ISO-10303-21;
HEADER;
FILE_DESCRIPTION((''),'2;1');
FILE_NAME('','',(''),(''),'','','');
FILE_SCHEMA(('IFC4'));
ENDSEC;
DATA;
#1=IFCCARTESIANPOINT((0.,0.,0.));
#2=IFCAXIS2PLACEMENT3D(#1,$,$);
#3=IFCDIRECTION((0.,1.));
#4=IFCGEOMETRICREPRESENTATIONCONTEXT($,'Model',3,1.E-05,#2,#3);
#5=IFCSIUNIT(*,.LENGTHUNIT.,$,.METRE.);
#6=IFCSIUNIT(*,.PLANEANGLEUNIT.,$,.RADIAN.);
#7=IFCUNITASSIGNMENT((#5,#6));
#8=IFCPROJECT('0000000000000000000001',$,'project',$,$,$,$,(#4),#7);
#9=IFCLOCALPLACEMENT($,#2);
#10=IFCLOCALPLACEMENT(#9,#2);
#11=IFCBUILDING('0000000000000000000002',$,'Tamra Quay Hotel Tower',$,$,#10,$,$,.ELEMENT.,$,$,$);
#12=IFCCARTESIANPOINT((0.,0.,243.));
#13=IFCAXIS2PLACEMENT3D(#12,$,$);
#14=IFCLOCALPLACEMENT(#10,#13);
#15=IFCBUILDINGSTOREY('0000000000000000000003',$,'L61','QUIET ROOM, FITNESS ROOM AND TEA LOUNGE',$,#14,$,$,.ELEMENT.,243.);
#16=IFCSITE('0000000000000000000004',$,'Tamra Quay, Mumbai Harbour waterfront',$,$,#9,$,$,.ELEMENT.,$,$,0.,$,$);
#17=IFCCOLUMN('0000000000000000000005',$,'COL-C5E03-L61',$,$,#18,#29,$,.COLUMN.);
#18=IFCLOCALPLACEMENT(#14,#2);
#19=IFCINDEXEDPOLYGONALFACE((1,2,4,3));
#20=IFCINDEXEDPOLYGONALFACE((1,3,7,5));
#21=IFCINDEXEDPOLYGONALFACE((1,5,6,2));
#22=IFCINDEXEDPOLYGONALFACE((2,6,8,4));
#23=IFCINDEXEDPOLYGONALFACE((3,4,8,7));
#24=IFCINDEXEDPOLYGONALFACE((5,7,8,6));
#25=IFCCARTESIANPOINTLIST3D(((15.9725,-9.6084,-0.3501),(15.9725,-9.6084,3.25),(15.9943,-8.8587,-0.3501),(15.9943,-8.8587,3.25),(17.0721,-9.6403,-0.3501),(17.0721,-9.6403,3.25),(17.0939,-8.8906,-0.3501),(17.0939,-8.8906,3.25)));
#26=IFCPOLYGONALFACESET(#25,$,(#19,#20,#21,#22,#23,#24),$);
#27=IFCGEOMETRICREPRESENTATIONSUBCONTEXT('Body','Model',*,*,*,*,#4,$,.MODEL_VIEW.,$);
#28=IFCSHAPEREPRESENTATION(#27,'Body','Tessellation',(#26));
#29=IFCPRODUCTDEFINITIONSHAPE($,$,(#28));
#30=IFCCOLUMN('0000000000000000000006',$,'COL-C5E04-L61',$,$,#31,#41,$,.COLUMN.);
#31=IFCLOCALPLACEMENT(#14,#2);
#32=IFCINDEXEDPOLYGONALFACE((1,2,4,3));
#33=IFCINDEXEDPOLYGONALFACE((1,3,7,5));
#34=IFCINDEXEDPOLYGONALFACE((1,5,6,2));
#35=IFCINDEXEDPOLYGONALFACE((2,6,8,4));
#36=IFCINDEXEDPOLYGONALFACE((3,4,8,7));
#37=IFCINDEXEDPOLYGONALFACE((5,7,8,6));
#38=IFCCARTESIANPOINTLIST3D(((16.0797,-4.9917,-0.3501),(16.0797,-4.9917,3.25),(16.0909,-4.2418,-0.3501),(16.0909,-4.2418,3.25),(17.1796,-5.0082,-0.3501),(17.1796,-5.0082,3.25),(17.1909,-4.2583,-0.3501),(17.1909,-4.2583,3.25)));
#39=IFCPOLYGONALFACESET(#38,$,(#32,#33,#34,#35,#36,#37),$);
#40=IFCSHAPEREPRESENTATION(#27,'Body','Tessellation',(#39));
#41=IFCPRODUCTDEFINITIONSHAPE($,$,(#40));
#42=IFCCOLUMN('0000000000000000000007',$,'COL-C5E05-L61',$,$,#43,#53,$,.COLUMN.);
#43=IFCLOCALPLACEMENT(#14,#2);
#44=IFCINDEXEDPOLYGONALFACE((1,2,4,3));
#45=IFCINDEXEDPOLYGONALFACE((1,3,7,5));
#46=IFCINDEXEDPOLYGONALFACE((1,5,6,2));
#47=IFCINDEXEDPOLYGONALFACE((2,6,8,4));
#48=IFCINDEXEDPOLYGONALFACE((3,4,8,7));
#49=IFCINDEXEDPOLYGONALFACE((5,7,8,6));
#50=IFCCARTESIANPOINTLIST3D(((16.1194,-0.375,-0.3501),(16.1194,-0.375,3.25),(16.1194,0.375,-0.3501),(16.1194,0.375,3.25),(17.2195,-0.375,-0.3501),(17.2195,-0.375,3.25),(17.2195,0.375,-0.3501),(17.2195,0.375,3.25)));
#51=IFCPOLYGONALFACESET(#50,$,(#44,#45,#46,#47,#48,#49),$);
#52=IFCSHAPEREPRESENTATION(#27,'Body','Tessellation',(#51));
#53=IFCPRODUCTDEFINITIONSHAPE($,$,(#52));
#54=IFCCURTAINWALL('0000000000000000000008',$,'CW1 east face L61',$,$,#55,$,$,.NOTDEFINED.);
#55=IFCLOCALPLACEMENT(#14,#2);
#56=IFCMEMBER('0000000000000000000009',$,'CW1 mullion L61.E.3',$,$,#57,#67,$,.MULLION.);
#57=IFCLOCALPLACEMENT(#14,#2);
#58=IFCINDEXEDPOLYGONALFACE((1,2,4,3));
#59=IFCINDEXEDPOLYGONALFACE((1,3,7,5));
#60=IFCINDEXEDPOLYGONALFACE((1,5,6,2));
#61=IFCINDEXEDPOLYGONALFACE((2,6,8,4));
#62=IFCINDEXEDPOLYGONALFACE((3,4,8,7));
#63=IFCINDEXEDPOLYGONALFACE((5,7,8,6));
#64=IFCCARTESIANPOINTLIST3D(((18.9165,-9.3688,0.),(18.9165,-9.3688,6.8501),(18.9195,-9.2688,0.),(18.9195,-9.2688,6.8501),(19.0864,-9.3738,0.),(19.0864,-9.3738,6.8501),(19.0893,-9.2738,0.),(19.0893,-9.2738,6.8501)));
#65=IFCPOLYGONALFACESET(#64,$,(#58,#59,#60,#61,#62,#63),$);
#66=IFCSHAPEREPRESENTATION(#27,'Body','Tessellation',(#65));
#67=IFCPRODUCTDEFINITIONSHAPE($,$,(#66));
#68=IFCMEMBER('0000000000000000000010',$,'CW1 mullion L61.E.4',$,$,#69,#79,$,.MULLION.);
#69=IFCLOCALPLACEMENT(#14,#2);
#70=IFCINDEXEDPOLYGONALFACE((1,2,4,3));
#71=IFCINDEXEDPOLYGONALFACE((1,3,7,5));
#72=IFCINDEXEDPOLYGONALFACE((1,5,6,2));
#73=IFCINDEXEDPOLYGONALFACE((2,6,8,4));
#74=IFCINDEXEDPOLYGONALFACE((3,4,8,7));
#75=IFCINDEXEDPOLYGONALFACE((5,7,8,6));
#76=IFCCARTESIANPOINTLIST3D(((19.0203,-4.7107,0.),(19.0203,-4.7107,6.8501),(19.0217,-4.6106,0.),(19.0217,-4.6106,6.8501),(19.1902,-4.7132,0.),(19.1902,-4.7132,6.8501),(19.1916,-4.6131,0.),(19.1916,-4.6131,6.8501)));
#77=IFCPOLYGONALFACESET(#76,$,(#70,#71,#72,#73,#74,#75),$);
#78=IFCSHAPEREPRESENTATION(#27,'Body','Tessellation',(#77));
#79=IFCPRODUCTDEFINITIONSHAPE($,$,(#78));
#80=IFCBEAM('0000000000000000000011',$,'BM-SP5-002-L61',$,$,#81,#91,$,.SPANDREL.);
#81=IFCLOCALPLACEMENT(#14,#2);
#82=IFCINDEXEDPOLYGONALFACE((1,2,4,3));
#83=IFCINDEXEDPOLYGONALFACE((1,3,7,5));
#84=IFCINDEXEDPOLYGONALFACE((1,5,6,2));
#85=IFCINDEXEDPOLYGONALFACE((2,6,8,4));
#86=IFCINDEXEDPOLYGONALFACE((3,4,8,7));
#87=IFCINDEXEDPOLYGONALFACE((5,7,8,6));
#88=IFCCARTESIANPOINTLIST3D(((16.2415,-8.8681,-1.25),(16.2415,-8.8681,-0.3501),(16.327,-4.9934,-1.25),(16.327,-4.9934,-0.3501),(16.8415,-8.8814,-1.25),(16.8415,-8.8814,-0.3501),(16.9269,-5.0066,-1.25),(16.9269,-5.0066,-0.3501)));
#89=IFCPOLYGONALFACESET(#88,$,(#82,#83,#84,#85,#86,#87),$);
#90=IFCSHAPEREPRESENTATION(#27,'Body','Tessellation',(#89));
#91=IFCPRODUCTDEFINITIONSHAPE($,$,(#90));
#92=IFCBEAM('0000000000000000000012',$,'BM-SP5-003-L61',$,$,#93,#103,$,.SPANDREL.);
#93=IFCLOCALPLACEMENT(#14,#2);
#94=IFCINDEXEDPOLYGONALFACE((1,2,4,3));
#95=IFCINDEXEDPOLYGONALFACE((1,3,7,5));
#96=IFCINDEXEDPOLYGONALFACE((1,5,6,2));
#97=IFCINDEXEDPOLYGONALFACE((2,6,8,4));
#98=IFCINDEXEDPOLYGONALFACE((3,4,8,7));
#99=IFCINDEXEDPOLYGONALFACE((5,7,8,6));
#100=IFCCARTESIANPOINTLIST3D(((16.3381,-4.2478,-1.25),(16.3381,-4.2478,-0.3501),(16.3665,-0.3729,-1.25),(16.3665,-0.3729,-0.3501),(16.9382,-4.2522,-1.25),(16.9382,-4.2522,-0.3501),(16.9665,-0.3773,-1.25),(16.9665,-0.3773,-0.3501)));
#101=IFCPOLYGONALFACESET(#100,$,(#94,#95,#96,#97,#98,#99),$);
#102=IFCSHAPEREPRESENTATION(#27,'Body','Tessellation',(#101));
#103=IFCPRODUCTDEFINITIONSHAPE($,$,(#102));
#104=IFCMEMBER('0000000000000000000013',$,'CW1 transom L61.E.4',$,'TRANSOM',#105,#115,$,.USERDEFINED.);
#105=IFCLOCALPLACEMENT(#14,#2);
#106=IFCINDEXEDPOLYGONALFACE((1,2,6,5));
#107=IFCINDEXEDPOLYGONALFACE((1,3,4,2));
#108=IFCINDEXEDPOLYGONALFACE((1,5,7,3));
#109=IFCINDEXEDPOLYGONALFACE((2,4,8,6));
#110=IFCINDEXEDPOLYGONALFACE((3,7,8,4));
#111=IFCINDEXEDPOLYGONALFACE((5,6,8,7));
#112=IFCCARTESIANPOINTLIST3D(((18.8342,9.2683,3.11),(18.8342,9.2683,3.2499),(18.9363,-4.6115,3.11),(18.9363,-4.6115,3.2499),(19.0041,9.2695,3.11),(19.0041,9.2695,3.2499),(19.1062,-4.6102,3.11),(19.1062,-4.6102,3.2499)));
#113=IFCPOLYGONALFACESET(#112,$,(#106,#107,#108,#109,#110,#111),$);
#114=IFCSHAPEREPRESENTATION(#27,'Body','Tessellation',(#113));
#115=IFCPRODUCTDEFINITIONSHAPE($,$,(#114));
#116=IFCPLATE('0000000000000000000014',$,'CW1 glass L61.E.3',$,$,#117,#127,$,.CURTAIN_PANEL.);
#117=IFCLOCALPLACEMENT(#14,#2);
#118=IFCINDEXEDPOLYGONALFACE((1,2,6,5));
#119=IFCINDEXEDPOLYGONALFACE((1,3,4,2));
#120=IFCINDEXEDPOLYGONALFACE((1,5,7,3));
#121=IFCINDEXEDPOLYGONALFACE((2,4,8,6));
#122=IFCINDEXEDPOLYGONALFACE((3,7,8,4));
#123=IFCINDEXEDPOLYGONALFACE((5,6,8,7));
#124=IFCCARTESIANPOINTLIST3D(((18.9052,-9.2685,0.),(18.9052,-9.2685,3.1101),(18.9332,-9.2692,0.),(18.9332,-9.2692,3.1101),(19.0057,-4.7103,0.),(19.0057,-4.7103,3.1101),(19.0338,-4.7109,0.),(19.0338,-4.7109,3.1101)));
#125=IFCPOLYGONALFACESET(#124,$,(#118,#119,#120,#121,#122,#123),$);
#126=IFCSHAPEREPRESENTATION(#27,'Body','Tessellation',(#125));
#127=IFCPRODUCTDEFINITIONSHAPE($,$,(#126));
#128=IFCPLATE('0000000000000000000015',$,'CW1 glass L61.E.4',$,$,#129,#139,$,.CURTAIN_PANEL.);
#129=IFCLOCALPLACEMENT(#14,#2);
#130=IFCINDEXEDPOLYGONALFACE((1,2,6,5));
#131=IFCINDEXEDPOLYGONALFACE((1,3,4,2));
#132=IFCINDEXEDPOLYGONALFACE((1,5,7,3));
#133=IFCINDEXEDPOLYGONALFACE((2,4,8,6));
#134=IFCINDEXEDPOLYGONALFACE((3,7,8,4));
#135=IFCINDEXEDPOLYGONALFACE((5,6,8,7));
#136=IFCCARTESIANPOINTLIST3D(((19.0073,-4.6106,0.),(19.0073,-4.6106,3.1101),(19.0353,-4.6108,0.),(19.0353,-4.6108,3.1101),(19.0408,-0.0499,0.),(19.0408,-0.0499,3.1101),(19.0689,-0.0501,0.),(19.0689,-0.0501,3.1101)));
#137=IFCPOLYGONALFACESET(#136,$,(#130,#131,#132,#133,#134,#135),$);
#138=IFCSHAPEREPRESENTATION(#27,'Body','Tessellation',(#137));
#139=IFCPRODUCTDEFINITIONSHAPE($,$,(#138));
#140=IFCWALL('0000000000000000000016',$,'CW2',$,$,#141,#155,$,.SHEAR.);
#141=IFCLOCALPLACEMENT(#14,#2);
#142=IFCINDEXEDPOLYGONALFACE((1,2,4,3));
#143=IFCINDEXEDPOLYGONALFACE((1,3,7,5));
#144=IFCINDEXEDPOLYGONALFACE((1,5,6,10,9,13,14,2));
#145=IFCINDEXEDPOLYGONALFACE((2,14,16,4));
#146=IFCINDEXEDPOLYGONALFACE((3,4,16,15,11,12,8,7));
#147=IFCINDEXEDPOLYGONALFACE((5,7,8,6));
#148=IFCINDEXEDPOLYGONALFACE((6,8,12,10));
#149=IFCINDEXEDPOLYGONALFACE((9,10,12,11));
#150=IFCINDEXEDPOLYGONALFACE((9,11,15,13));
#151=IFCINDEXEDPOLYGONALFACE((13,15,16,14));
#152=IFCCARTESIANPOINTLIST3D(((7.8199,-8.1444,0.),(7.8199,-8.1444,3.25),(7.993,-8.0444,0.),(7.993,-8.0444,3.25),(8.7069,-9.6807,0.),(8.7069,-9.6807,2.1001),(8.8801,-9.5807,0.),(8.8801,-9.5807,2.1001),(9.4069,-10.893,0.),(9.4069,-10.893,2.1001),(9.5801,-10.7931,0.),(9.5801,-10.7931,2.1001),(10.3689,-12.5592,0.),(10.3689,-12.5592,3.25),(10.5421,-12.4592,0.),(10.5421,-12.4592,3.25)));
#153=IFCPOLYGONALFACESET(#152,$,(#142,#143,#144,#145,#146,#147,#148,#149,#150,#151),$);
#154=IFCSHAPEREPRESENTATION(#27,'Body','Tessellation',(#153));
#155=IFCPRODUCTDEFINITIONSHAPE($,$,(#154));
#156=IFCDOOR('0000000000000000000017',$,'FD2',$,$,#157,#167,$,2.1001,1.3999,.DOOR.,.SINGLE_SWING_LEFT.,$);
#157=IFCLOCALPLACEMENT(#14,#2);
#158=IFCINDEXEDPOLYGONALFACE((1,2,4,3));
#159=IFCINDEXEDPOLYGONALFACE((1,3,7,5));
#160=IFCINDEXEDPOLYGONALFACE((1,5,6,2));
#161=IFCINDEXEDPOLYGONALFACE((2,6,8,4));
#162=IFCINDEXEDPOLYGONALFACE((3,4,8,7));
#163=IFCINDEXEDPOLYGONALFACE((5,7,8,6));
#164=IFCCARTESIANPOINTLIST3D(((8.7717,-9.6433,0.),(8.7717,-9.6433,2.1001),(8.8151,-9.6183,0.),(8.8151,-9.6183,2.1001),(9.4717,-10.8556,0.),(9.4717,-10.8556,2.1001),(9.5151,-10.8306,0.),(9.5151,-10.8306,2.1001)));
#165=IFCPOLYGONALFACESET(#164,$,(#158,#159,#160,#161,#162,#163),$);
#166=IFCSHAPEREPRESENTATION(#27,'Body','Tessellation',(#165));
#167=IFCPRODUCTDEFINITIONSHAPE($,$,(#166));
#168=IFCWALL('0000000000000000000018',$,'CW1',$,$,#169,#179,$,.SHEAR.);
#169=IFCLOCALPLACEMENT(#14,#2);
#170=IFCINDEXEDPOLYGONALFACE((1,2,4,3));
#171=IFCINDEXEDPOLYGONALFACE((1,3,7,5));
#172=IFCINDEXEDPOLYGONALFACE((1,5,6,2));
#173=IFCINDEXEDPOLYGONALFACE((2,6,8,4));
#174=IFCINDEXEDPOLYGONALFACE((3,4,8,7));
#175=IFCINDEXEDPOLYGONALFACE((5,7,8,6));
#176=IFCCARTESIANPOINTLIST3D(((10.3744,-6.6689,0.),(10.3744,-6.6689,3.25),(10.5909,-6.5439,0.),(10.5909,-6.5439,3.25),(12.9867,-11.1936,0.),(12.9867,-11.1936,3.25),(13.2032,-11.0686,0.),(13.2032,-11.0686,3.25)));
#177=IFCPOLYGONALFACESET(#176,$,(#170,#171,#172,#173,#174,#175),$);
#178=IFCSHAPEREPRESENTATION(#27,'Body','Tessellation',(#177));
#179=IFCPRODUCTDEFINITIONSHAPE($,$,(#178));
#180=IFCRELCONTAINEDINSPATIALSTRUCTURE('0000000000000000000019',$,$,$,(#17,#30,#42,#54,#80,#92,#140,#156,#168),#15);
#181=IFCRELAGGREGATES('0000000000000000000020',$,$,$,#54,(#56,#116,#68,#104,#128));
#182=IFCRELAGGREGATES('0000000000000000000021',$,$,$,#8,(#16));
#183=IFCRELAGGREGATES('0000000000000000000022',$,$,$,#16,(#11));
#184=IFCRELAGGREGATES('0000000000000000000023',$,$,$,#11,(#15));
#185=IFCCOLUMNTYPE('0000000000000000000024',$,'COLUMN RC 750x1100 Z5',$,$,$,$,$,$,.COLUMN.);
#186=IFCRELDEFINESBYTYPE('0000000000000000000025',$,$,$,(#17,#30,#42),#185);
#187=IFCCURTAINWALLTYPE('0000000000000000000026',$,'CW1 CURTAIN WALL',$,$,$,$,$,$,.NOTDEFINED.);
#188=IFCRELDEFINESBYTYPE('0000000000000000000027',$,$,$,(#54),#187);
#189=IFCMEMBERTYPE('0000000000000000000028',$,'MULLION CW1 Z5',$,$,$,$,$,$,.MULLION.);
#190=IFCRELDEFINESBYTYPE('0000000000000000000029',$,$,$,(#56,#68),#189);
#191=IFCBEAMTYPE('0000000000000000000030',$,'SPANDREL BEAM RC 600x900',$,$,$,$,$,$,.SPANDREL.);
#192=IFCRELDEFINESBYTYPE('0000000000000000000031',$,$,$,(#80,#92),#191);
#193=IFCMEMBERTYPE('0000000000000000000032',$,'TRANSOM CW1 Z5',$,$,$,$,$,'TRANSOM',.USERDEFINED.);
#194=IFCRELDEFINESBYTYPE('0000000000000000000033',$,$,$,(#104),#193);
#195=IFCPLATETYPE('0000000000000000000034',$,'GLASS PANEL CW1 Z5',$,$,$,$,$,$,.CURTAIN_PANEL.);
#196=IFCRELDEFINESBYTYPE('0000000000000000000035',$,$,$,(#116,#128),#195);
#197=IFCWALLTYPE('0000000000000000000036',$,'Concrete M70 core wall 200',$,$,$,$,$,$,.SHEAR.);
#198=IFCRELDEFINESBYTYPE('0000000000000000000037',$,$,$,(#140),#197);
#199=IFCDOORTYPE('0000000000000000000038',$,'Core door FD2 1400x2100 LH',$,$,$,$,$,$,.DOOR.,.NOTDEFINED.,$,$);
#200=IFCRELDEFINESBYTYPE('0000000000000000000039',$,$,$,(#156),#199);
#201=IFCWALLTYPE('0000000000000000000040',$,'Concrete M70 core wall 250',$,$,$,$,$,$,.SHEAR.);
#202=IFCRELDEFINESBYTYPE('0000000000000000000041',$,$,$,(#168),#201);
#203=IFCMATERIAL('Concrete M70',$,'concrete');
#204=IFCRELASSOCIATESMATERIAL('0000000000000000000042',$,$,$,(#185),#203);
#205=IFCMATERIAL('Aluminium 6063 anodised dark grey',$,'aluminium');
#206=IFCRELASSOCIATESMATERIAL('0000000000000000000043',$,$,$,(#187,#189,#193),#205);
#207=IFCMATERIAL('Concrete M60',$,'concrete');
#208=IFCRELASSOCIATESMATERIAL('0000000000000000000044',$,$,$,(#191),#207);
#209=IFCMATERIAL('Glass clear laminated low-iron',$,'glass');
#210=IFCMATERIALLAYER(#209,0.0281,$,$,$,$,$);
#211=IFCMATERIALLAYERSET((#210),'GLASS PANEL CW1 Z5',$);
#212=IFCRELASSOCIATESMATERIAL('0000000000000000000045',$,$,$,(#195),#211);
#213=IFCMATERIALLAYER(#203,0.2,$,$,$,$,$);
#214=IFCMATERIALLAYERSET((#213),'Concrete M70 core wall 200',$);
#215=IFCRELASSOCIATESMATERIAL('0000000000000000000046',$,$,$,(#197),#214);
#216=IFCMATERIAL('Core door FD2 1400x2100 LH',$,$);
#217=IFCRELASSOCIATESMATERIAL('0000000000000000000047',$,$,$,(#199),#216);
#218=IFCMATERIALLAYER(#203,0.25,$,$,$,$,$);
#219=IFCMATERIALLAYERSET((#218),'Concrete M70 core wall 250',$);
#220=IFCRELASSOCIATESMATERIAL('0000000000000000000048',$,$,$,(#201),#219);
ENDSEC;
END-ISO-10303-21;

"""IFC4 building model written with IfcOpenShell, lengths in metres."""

from ifc_helpers import new_model, si_unit, direction, frame, frame_2d, origin, origin_2d, place, context, subcontext, project, spatial, rectangle, extrude, material, layer, layer_set, material_profile, profile_set, type_object, element, fill, aggregate, save


model = new_model("IFC4")

# Units and contexts
model_context = context("Model", 3, precision=1e-05, world=origin(), true_north=direction((0.0, 1.0)))
body_context = subcontext(model_context, "Body", "Model", "MODEL_VIEW")
ifc_project = project(units=[si_unit("LENGTHUNIT", "METRE"), si_unit("PLANEANGLEUNIT", "RADIAN")], contexts=[model_context])

# Site, building, storey
site_placement = place(None, origin())
site = spatial("IfcSite", under=ifc_project, at=site_placement, Name="Tamra Quay, Mumbai Harbour waterfront", CompositionType="ELEMENT", RefElevation=0.0)
building_placement = place(site_placement, origin())
building = spatial("IfcBuilding", under=site, at=building_placement, Name="Tamra Quay Hotel Tower", CompositionType="ELEMENT")
storey_placement = place(building_placement, frame((0.0, 0.0, 243.0)))
storey = spatial("IfcBuildingStorey", under=building, at=storey_placement, Name="L61", Description="QUIET ROOM, FITNESS ROOM AND TEA LOUNGE", CompositionType="ELEMENT", Elevation=243.0)

# Columns
ifc_material_1 = material(Name="Concrete M70", Category="concrete")
ifc_material_profile_1 = material_profile(ifc_material_1, rectangle(XDim=1.1001, YDim=0.75, at=origin_2d()), Name="COLUMN RC 750x1100 Z5")
ifc_profile_set_1 = profile_set([ifc_material_profile_1], Name="Concrete M70")
column_type = type_object("IfcColumnType", Name="COLUMN RC 750x1100 Z5", PredefinedType="COLUMN", material=ifc_profile_set_1)
for number, where, z_axis, x_axis, name in (
    (1, (16.5332, -9.2495, -0.3501), (0.0, 0.0, 1.0), (-0.999579, 0.029028, 0.0), "COL-C5E03-L61"),
    (2, (16.6353, -4.625, -0.3501), (0.0, 0.0, 1.0), (-0.999888, 0.014959, 0.0), "COL-C5E04-L61"),
    (3, (16.6694, 0.0, -0.3501), (0.0, 0.0, 1.0), (1.0, 0.0, 0.0), "COL-C5E05-L61"),
):
    element("IfcColumn", number, at=place(storey_placement, frame(where, z_axis=z_axis, x_axis=x_axis)), inside=storey, type_object=column_type, Name=name, PredefinedType="COLUMN", context=body_context, shape_type="SweptSolid", body=[
        extrude(rectangle(XDim=1.1001, YDim=0.75, at=origin_2d()), origin(), (0.0, 0.0, 1.0), 3.6001),
    ])

# Curtain wall, members
ifc_material_2 = material(Name="Aluminium 6063 anodised dark grey", Category="aluminium")
curtain_wall_type = type_object("IfcCurtainWallType", Name="CW1 CURTAIN WALL", PredefinedType="NOTDEFINED", material=ifc_material_2)
curtain_wall_placement = place(storey_placement, origin())
curtain_wall = element("IfcCurtainWall", 4, at=curtain_wall_placement, inside=storey, type_object=curtain_wall_type, Name="CW1 east face L61", PredefinedType="NOTDEFINED")
ifc_material_profile_2 = material_profile(ifc_material_2, rectangle(XDim=0.1699, YDim=0.1001, at=origin_2d()), Name="MULLION 100X170")
ifc_profile_set_2 = profile_set([ifc_material_profile_2], Name="Aluminium 6063 anodised dark grey")
member_type_1 = type_object("IfcMemberType", Name="MULLION CW1 Z5", PredefinedType="MULLION", material=ifc_profile_set_2)
member_1_placement = place(storey_placement, frame((19.0029, -9.3213, 0.0), z_axis=(0.0, 0.0, 1.0), x_axis=(0.999568, -0.029404, 0.0)))
member_1 = element("IfcMember", 5, at=member_1_placement, type_object=member_type_1, Name="CW1 mullion L61.E.3", PredefinedType="MULLION", context=body_context, shape_type="SweptSolid", body=[
    extrude(rectangle(XDim=0.1699, YDim=0.1001, at=origin_2d()), origin(), (0.0, 0.0, 1.0), 6.8501),
])
member_2_placement = place(storey_placement, frame((19.106, -4.6619, 0.0), z_axis=(0.0, 0.0, 1.0), x_axis=(0.999892, -0.014713, 0.0)))
member_2 = element("IfcMember", 6, at=member_2_placement, type_object=member_type_1, Name="CW1 mullion L61.E.4", PredefinedType="MULLION", context=body_context, shape_type="SweptSolid", body=[
    extrude(rectangle(XDim=0.1699, YDim=0.1001, at=origin_2d()), origin(), (0.0, 0.0, 1.0), 6.8501),
])

# Beams
ifc_material_3 = material(Name="Concrete M60", Category="concrete")
ifc_material_profile_3 = material_profile(ifc_material_3, rectangle(XDim=0.6001, YDim=0.8999, at=origin_2d()), Name="SPANDREL BEAM RC 600x900")
ifc_profile_set_3 = profile_set([ifc_material_profile_3], Name="Concrete M60")
beam_type = type_object("IfcBeamType", Name="SPANDREL BEAM RC 600x900", PredefinedType="SPANDREL", material=ifc_profile_set_3)
beam_1_placement = place(storey_placement, frame((16.5415, -8.8748, -0.8), z_axis=(0.022047, 0.999757, 0.0), x_axis=(-0.999757, 0.022047, 0.0)))
element("IfcBeam", 7, at=beam_1_placement, inside=storey, type_object=beam_type, Name="BM-SP5-002-L61", PredefinedType="SPANDREL", context=body_context, shape_type="SweptSolid", body=[
    extrude(rectangle(XDim=0.6001, YDim=0.8999, at=origin_2d()), origin(), (0.0, 0.0, 1.0), 3.8757),
])
beam_2_placement = place(storey_placement, frame((16.6382, -4.25, -0.8), z_axis=(0.007308, 0.999973, 0.0), x_axis=(-0.999973, 0.007308, 0.0)))
element("IfcBeam", 8, at=beam_2_placement, inside=storey, type_object=beam_type, Name="BM-SP5-003-L61", PredefinedType="SPANDREL", context=body_context, shape_type="SweptSolid", body=[
    extrude(rectangle(XDim=0.6001, YDim=0.8999, at=origin_2d()), origin(), (0.0, 0.0, 1.0), 3.875),
])

# Member
ifc_material_profile_4 = material_profile(ifc_material_2, rectangle(XDim=0.1699, YDim=0.1399, at=origin_2d()), Name="TRANSOM 170X140")
ifc_profile_set_4 = profile_set([ifc_material_profile_4], Name="Aluminium 6063 anodised dark grey")
member_type_2 = type_object("IfcMemberType", Name="TRANSOM CW1 Z5", ElementType="TRANSOM", PredefinedType="USERDEFINED", material=ifc_profile_set_4)
member_3_placement = place(storey_placement, frame((19.0212, -4.6108, 3.1799), z_axis=(-0.007352, 0.999973, 0.0), x_axis=(-0.999973, -0.007352, 0.0)))
member_3 = element("IfcMember", 9, at=member_3_placement, type_object=member_type_2, Name="CW1 transom L61.E.4", ObjectType="TRANSOM", PredefinedType="USERDEFINED", context=body_context, shape_type="SweptSolid", body=[
    extrude(rectangle(XDim=0.1699, YDim=0.1399, at=origin_2d()), origin(), (0.0, 0.0, 1.0), 13.8801),
])

# Plates
ifc_material_4 = material(Name="Glass clear laminated low-iron", Category="glass")
ifc_layer_1 = layer(ifc_material_4, 0.0281)
ifc_layer_set_1 = layer_set([ifc_layer_1], Name="GLASS PANEL CW1 Z5")
plate_type = type_object("IfcPlateType", Name="GLASS PANEL CW1 Z5", PredefinedType="CURTAIN_PANEL", material=ifc_layer_set_1)
plate_1_placement = place(storey_placement, frame((18.9695, -6.9897, 0.0), z_axis=(0.0, 0.0, 1.0), x_axis=(0.022063, 0.999757, 0.0)))
plate_1 = element("IfcPlate", 10, at=plate_1_placement, type_object=plate_type, Name="CW1 glass L61.E.3", PredefinedType="CURTAIN_PANEL", context=body_context, shape_type="SweptSolid", body=[
    extrude(rectangle(XDim=4.5593, YDim=0.0281, at=origin_2d()), origin(), (0.0, 0.0, 1.0), 3.1101),
])
plate_2_placement = place(storey_placement, frame((19.0381, -2.3303, 0.0), z_axis=(0.0, 0.0, 1.0), x_axis=(0.007362, 0.999973, 0.0)))
plate_2 = element("IfcPlate", 11, at=plate_2_placement, type_object=plate_type, Name="CW1 glass L61.E.4", PredefinedType="CURTAIN_PANEL", context=body_context, shape_type="SweptSolid", body=[
    extrude(rectangle(XDim=4.5608, YDim=0.0281, at=origin_2d()), origin(), (0.0, 0.0, 1.0), 3.1101),
])
aggregate(curtain_wall, [member_1, plate_1, member_2, member_3, plate_2])

# Wall, opening, door
ifc_layer_2 = layer(ifc_material_1, 0.2)
ifc_layer_set_2 = layer_set([ifc_layer_2], Name="Concrete M70 core wall 200")
wall_type_1 = type_object("IfcWallType", Name="Concrete M70 core wall 200", PredefinedType="SHEAR", material=ifc_layer_set_2)
wall_1_placement = place(storey_placement, frame((7.9065, -8.0945, 0.0), z_axis=(0.0, 0.0, 1.0), x_axis=(0.500028, -0.866009, 0.0)))
wall_1 = element("IfcWall", 12, at=wall_1_placement, inside=storey, type_object=wall_type_1, Name="CW2", PredefinedType="SHEAR", context=body_context, shape_type="SweptSolid", body=[
    extrude(rectangle(XDim=5.0979, YDim=0.2, at=frame_2d((2.5488, 0.0))), origin(), (0.0, 0.0, 1.0), 3.25),
])
opening_1_placement = place(wall_1_placement, frame((1.7739, 0.0, 0.0)))
opening_1 = element("IfcOpeningElement", 13, at=opening_1_placement, cuts=wall_1, PredefinedType="OPENING", context=body_context, shape_type="SweptSolid", body=[
    extrude(rectangle(XDim=1.3999, YDim=2.1001, at=frame_2d((0.7, 1.05))), frame((0.0, 0.1099, 0.0), z_axis=(0.0, -1.0, 0.0), x_axis=(1.0, 0.0, 0.0)), (0.0, 0.0, 1.0), 0.22),
])
ifc_material_5 = material(Name="Core door FD2 1400x2100 LH")
door_type_1 = type_object("IfcDoorType", Name="Core door FD2 1400x2100 LH", OperationType="NOTDEFINED", PredefinedType="DOOR", material=ifc_material_5)
door_1_placement = place(opening_1_placement, origin())
door_1 = element("IfcDoor", 14, at=door_1_placement, inside=storey, type_object=door_type_1, Name="FD2", OperationType="SINGLE_SWING_LEFT", OverallHeight=2.1001, OverallWidth=1.3999, PredefinedType="DOOR", context=body_context, shape_type="SweptSolid", body=[
    extrude(rectangle(XDim=1.3999, YDim=2.1001, at=frame_2d((0.7, 1.05))), frame((0.0, 0.0249, 0.0), z_axis=(0.0, -1.0, 0.0), x_axis=(1.0, 0.0, 0.0)), (0.0, 0.0, 1.0), 0.05),
])
fill(opening_1, door_1)

# Wall
ifc_layer_3 = layer(ifc_material_1, 0.25)
ifc_layer_set_3 = layer_set([ifc_layer_3], Name="Concrete M70 core wall 250")
wall_type_2 = type_object("IfcWallType", Name="Concrete M70 core wall 250", PredefinedType="SHEAR", material=ifc_layer_set_3)
wall_2_placement = place(storey_placement, frame((10.4827, -6.6064, 0.0), z_axis=(0.0, 0.0, 1.0), x_axis=(0.499999, -0.866026, 0.0)))
element("IfcWall", 15, at=wall_2_placement, inside=storey, type_object=wall_type_2, Name="CW1", PredefinedType="SHEAR", context=body_context, shape_type="SweptSolid", body=[
    extrude(rectangle(XDim=5.2246, YDim=0.25, at=frame_2d((2.6123, 0.0))), origin(), (0.0, 0.0, 1.0), 3.25),
])

save(model, "model.ifc")
